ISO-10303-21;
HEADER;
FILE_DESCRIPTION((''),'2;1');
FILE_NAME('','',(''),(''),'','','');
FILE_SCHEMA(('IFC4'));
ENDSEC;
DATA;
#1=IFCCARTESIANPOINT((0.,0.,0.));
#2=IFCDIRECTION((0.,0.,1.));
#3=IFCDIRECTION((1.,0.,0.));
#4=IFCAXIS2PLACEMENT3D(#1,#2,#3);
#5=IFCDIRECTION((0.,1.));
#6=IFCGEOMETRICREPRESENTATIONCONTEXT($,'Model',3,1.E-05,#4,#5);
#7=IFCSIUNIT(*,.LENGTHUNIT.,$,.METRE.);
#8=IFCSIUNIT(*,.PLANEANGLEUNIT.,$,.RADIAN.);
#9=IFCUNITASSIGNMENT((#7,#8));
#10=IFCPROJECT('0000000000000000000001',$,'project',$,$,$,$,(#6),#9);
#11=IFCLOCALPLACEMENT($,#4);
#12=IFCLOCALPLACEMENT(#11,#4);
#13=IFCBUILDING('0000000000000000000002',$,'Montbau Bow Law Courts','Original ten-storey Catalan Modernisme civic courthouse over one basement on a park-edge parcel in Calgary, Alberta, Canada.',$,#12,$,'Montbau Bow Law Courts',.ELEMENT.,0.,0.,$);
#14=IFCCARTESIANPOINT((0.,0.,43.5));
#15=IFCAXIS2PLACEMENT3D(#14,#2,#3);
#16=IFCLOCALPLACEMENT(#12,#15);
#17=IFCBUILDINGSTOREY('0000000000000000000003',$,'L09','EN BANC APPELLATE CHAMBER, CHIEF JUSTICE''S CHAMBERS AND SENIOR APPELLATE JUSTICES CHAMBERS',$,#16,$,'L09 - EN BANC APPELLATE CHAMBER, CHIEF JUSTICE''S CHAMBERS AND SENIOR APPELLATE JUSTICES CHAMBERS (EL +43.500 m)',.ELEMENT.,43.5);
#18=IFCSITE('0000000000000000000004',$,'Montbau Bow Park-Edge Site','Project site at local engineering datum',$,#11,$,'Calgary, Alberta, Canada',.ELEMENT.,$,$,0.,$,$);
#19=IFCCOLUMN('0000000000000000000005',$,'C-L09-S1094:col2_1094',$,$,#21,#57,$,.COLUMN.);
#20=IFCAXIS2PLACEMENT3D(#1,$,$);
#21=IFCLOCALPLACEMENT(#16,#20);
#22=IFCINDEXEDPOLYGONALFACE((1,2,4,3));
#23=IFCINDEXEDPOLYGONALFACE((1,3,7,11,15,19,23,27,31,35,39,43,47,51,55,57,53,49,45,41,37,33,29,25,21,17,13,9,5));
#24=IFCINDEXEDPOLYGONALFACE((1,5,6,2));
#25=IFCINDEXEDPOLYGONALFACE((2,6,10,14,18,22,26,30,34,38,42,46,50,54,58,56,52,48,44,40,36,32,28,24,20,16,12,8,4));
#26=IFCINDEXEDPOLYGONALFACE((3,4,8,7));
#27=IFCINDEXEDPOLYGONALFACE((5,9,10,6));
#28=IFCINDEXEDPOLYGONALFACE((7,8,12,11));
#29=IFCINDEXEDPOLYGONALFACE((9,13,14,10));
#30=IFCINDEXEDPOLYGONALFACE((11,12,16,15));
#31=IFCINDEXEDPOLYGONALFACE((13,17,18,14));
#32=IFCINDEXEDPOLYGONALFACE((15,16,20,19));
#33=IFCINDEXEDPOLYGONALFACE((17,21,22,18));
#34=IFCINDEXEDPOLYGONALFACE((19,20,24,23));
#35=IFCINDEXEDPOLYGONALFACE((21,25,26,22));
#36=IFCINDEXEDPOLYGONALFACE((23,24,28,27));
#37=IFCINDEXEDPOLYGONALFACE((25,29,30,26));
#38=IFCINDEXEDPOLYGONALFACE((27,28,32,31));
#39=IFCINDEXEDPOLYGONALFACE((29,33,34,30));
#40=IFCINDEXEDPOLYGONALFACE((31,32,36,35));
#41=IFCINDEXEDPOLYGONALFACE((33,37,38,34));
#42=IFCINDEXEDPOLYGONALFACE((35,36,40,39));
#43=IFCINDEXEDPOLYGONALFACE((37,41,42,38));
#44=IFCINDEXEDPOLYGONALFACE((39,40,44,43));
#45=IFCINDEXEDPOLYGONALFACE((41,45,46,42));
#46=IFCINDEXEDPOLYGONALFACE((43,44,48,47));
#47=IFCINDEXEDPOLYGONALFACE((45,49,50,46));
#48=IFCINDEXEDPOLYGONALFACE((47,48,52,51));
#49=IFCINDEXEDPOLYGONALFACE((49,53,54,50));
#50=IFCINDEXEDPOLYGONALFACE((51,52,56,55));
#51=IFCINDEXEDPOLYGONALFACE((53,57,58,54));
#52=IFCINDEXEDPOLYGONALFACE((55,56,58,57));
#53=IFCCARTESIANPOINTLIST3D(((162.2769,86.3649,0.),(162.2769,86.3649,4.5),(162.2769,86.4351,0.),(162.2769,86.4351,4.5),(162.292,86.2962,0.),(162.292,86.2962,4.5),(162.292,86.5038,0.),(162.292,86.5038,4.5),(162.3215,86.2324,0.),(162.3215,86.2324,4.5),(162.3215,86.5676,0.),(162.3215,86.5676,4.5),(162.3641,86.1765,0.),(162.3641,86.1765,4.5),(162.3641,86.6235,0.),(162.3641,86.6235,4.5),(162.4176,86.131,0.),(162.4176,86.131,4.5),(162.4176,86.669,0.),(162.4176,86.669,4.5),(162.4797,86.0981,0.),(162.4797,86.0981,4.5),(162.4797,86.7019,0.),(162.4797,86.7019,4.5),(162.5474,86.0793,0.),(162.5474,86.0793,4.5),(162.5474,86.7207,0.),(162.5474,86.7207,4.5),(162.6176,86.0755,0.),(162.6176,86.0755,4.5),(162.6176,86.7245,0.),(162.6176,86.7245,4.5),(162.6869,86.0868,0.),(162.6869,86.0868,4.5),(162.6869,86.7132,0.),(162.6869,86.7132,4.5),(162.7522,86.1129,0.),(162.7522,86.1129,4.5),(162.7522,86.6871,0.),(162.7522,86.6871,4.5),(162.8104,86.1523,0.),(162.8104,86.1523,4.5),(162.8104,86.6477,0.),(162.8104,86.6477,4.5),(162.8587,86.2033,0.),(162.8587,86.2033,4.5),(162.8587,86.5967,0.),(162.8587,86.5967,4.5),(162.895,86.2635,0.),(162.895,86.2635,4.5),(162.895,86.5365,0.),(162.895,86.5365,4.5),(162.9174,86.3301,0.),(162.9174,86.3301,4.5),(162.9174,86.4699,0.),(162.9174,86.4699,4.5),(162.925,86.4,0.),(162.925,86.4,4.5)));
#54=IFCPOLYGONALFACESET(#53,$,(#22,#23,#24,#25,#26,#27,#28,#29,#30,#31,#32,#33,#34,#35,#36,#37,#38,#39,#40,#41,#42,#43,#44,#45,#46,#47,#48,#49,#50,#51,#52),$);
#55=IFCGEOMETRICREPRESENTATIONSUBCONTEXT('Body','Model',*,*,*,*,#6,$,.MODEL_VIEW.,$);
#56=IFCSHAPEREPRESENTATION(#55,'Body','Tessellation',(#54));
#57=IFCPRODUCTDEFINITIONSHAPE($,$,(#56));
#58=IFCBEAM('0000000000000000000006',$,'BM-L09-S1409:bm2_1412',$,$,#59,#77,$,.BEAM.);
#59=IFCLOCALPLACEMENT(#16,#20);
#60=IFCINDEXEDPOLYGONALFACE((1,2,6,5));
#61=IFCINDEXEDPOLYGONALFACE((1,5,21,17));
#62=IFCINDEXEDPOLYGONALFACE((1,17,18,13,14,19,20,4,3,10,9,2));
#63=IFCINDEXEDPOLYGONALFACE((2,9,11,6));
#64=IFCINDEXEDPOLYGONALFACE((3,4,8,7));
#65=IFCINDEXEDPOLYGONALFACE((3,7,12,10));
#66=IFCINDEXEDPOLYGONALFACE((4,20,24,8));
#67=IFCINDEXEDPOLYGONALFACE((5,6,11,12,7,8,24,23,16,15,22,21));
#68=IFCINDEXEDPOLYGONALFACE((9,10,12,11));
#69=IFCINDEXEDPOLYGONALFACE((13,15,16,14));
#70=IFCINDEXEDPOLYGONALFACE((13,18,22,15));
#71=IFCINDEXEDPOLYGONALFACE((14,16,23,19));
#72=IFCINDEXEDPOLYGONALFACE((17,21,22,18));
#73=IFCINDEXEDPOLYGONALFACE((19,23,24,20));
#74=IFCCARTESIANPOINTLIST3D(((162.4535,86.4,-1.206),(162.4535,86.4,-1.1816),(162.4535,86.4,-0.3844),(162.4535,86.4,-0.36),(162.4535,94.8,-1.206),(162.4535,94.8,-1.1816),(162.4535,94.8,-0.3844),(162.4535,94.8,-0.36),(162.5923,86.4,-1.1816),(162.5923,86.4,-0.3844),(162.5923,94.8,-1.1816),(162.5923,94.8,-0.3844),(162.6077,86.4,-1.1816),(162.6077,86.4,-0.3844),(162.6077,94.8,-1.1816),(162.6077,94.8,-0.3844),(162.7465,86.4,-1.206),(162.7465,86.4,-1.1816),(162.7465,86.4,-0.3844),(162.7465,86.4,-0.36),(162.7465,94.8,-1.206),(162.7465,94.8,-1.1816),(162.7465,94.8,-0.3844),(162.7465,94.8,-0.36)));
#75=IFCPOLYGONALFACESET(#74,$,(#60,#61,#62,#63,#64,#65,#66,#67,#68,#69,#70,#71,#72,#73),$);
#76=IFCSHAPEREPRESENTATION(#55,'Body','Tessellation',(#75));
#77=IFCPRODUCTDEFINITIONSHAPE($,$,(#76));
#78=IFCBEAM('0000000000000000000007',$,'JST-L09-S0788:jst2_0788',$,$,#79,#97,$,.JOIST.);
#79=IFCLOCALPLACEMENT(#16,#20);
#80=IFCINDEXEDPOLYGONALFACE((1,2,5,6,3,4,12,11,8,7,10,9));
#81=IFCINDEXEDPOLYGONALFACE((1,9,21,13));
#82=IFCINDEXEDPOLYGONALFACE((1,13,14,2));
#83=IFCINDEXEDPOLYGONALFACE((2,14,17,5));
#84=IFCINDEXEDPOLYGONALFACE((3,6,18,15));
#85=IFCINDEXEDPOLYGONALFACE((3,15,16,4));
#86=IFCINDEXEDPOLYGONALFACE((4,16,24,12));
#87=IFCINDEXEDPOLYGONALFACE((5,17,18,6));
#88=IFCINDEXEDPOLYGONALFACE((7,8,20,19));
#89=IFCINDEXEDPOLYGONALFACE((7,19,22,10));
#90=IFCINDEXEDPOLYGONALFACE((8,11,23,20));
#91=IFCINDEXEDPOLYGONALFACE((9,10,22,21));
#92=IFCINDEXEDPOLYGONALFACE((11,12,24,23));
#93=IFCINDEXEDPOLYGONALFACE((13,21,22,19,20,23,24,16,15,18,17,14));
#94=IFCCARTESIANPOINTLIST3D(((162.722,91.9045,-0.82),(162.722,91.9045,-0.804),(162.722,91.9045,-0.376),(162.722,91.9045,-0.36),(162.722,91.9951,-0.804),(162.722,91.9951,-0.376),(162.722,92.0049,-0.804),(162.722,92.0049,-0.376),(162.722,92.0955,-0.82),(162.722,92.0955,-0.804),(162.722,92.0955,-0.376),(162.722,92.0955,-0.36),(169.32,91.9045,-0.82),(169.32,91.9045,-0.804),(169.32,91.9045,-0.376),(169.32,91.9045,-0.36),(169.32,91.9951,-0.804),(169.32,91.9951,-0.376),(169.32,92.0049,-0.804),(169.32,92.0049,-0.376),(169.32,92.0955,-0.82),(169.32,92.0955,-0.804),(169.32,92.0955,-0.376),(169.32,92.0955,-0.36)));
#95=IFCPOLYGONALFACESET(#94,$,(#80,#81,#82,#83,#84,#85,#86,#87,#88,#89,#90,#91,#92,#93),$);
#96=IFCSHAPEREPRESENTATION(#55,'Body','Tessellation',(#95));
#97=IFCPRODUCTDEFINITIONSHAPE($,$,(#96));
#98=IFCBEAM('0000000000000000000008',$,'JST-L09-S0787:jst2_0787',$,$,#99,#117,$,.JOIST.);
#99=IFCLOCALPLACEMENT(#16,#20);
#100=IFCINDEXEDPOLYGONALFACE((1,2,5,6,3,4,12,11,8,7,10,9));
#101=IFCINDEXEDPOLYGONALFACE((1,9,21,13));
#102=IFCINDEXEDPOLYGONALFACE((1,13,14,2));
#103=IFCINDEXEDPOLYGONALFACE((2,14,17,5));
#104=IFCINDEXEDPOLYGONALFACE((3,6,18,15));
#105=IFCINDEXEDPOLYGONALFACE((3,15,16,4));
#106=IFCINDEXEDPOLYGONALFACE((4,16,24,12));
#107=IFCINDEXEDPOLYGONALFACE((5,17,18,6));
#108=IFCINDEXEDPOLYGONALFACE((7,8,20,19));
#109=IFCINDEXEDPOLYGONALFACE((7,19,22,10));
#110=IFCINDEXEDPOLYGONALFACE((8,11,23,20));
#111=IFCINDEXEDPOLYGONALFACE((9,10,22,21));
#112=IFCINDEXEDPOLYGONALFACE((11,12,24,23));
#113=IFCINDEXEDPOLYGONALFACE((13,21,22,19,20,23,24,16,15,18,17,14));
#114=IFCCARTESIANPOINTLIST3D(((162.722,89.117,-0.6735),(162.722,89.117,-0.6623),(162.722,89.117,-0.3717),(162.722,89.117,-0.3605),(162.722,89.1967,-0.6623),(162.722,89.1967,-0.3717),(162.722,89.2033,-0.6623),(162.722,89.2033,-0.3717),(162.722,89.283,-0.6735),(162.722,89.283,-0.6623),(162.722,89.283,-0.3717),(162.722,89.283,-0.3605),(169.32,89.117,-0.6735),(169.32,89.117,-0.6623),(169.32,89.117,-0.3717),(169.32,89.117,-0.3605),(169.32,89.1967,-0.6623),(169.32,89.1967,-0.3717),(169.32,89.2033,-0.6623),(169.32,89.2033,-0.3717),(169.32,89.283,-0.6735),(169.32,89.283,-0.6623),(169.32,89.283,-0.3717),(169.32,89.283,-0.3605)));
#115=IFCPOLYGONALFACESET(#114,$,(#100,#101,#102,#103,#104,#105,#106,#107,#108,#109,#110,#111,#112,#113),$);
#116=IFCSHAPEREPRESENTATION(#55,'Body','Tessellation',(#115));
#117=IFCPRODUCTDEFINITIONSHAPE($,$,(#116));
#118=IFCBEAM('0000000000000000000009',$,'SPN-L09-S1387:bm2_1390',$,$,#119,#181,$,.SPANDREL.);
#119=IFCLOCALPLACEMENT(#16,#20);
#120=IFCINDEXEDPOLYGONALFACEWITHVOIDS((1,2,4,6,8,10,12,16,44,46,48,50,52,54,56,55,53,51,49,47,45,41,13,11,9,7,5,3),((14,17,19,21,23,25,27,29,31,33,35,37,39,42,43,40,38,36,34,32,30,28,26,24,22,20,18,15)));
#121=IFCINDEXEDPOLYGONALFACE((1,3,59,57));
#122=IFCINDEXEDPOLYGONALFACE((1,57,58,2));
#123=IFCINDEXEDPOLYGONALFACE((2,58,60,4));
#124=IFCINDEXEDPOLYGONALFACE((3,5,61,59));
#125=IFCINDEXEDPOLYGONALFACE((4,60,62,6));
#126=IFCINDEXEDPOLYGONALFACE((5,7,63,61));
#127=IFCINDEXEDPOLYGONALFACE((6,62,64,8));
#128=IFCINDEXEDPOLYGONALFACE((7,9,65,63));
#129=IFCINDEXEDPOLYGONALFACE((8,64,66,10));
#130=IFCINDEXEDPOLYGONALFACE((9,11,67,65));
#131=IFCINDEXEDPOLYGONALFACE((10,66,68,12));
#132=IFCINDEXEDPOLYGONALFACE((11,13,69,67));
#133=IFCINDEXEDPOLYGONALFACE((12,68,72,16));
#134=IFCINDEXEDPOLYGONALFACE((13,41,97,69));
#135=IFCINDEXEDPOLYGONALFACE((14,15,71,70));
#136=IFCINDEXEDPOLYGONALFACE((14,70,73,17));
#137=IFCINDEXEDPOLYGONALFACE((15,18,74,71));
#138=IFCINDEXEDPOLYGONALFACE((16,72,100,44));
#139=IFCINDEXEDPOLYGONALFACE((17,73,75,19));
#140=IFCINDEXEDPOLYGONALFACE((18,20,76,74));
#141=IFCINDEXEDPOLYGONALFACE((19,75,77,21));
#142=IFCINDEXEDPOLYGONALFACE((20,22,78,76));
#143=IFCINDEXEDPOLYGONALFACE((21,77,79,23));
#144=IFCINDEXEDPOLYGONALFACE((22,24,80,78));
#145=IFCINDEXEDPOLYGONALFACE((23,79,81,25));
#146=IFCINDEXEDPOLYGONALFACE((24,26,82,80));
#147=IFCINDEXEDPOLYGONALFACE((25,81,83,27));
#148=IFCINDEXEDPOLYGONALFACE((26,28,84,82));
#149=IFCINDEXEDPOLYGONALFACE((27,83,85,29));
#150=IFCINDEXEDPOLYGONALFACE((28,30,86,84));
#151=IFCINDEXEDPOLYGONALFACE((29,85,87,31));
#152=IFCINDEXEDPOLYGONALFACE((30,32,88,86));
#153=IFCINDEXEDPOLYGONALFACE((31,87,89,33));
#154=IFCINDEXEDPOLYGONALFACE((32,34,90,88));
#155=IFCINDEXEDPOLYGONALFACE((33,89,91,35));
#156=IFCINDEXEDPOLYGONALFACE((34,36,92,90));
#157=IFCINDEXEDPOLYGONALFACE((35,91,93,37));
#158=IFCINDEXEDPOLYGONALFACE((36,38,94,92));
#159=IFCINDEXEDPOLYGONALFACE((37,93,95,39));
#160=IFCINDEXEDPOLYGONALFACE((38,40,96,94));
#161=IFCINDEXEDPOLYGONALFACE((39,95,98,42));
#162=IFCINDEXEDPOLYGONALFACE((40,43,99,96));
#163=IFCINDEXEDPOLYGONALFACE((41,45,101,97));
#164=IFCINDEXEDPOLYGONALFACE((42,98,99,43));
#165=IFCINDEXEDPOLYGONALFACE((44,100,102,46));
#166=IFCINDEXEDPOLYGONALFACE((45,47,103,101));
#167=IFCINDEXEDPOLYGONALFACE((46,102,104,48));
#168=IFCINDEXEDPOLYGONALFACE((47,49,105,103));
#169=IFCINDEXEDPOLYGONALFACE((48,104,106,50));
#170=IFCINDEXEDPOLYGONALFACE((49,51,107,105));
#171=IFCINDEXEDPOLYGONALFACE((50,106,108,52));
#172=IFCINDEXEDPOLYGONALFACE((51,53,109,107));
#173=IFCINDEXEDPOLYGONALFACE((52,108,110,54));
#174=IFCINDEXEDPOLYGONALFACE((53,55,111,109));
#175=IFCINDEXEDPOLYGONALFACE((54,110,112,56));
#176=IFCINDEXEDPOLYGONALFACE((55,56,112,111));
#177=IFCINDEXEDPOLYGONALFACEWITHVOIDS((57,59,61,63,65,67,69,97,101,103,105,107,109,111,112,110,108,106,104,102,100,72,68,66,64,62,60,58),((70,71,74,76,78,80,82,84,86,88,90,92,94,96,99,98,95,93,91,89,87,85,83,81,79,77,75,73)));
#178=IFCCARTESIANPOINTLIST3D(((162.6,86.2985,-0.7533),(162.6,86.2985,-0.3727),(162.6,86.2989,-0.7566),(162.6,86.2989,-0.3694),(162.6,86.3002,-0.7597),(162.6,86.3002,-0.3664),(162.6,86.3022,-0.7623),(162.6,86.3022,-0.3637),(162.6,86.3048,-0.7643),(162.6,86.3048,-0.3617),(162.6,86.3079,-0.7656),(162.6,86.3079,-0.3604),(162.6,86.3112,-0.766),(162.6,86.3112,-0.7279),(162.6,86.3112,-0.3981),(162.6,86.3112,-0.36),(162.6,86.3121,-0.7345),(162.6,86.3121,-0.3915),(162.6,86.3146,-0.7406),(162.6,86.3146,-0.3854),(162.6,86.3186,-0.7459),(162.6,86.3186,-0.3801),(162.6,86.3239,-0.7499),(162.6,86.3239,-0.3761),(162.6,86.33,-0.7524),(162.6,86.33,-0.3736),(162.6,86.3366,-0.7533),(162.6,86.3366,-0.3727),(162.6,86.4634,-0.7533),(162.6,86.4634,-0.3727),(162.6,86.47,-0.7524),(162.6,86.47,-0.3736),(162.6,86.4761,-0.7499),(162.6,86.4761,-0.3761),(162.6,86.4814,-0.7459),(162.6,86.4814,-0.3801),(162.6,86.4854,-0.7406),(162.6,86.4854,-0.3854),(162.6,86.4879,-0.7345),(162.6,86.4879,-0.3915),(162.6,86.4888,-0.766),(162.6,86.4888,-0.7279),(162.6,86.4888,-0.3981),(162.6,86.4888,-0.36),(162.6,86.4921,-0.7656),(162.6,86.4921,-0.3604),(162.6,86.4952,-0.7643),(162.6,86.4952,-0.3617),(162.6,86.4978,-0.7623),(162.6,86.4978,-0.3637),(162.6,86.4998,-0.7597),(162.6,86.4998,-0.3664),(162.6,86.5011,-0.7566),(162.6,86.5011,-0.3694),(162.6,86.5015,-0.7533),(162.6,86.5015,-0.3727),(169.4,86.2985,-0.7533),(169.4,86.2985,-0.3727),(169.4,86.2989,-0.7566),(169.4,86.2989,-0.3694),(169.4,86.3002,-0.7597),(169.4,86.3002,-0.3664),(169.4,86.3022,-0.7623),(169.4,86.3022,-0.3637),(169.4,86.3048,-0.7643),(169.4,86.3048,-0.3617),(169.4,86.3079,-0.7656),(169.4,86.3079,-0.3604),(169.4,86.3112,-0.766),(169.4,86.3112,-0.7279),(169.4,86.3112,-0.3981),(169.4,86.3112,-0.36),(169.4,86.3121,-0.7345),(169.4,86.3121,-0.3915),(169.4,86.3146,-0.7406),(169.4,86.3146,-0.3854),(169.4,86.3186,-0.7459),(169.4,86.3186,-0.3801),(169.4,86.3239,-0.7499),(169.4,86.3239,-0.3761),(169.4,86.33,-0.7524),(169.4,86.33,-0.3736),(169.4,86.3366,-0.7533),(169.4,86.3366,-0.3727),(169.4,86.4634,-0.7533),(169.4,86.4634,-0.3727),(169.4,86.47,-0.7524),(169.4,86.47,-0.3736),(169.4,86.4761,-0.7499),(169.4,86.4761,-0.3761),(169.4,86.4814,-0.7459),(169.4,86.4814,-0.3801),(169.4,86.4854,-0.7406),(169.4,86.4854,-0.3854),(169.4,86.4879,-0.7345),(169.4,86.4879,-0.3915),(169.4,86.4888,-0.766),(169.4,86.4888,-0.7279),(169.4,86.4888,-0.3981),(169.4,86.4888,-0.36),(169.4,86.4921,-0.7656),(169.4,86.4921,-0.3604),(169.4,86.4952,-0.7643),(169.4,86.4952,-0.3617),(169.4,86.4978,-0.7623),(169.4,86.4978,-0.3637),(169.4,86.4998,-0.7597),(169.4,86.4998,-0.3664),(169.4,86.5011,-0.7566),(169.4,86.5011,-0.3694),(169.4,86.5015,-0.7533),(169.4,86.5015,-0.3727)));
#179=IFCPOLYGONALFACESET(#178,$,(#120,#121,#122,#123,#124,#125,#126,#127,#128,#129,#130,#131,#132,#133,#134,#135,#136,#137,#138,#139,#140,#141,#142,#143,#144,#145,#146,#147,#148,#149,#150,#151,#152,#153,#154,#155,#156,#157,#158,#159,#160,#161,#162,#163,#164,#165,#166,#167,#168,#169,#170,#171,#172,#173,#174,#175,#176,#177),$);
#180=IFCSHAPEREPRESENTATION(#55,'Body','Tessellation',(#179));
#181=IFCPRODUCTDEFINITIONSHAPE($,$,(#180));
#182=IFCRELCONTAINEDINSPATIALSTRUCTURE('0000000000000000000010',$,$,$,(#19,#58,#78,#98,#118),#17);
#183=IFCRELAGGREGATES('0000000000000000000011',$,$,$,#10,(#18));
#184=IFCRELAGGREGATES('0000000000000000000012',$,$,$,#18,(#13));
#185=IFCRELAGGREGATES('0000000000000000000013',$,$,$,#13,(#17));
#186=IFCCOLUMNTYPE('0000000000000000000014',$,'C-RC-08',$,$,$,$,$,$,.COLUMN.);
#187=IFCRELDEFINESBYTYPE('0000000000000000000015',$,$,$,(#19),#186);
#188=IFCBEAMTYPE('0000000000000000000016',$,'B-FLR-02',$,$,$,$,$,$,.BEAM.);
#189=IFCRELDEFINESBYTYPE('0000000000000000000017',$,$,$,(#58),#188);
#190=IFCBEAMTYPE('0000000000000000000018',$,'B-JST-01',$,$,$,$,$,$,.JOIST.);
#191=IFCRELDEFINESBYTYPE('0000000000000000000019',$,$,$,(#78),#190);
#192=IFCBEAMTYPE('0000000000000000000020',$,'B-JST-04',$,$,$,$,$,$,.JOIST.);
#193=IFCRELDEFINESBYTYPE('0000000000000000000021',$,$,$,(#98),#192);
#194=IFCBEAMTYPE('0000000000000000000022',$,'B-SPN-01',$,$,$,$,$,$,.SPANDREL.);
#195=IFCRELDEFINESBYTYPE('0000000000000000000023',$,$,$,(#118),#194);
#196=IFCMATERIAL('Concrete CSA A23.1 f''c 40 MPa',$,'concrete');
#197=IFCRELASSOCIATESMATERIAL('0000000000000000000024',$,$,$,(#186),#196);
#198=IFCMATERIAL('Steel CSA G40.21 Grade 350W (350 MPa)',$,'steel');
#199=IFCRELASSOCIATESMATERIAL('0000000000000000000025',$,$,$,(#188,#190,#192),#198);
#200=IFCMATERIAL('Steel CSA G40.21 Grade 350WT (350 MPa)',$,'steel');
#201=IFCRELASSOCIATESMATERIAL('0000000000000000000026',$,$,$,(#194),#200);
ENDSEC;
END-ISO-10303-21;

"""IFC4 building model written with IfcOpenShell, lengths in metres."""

from ifc_helpers import new_model, si_unit, direction, frame, origin_with_axes, origin_2d_with_axis, place, context, subcontext, project, spatial, hollow_rectangle, circle, i_section, extrude, material, material_profile, profile_set, type_object, element, save


model = new_model("IFC4")

# Units and contexts
model_context = context("Model", 3, precision=1e-05, world=origin_with_axes(), true_north=direction((0.0, 1.0)))
body_context = subcontext(model_context, "Body", "Model", "MODEL_VIEW")
ifc_project = project(units=[si_unit("LENGTHUNIT", "METRE"), si_unit("PLANEANGLEUNIT", "RADIAN")], contexts=[model_context])

# Site, building, storey
site_placement = place(None, origin_with_axes())
site = spatial("IfcSite", under=ifc_project, at=site_placement, Name="Montbau Bow Park-Edge Site", Description="Project site at local engineering datum", LongName="Calgary, Alberta, Canada", CompositionType="ELEMENT", RefElevation=0.0)
building_placement = place(site_placement, origin_with_axes())
building = spatial("IfcBuilding", under=site, at=building_placement, Name="Montbau Bow Law Courts", Description="Original ten-storey Catalan Modernisme civic courthouse over one basement on a park-edge parcel in Calgary, Alberta, Canada.", LongName="Montbau Bow Law Courts", CompositionType="ELEMENT", ElevationOfRefHeight=0.0, ElevationOfTerrain=0.0)
storey_placement = place(building_placement, frame((0.0, 0.0, 43.5), z_axis=(0.0, 0.0, 1.0), x_axis=(1.0, 0.0, 0.0)))
storey = spatial("IfcBuildingStorey", under=building, at=storey_placement, Name="L09", Description="EN BANC APPELLATE CHAMBER, CHIEF JUSTICE'S CHAMBERS AND SENIOR APPELLATE JUSTICES CHAMBERS", LongName="L09 - EN BANC APPELLATE CHAMBER, CHIEF JUSTICE'S CHAMBERS AND SENIOR APPELLATE JUSTICES CHAMBERS (EL +43.500 m)", CompositionType="ELEMENT", Elevation=43.5)

# Column
ifc_material_1 = material(Name="Concrete CSA A23.1 f'c 40 MPa", Category="concrete")
ifc_material_profile_1 = material_profile(ifc_material_1, circle(Radius=0.325, at=origin_2d_with_axis()), Name="RC650D", Category="Main", Priority=0)
ifc_profile_set_1 = profile_set([ifc_material_profile_1], Name="Concrete CSA A23.1 f'c 40 MPa")
column_type = type_object("IfcColumnType", Name="C-RC-08", PredefinedType="COLUMN", material=ifc_profile_set_1)
column_placement = place(None, frame((162.6, 86.4, 43.5), z_axis=(0.0, 0.0, 1.0), x_axis=(1.0, 0.0, 0.0)))
element("IfcColumn", 1, at=column_placement, inside=storey, type_object=column_type, Name="C-L09-S1094:col2_1094", PredefinedType="COLUMN", context=body_context, shape_type="SweptSolid", body=[
    extrude(circle(Radius=0.325, at=origin_2d_with_axis()), origin_with_axes(), (0.0, 0.0, 1.0), 4.5),
])

# Beams
ifc_material_2 = material(Name="Steel CSA G40.21 Grade 350W (350 MPa)", Category="steel")
ifc_material_profile_2 = material_profile(ifc_material_2, i_section(OverallWidth=0.293, OverallDepth=0.846, WebThickness=0.0154, FlangeThickness=0.0244, at=origin_2d_with_axis()), Name="W840X210", Category="Main", Priority=0)
ifc_profile_set_2 = profile_set([ifc_material_profile_2], Name="Steel CSA G40.21 Grade 350W (350 MPa)")
beam_type_1 = type_object("IfcBeamType", Name="B-FLR-02", PredefinedType="BEAM", material=ifc_profile_set_2)
beam_1_placement = place(None, frame((162.6, 86.4, 42.717), z_axis=(0.0, 1.0, 0.0), x_axis=(-1.0, 0.0, 0.0)))
element("IfcBeam", 2, at=beam_1_placement, inside=storey, type_object=beam_type_1, Name="BM-L09-S1409:bm2_1412", PredefinedType="BEAM", context=body_context, shape_type="SweptSolid", body=[
    extrude(i_section(OverallWidth=0.293, OverallDepth=0.846, WebThickness=0.0154, FlangeThickness=0.0244, at=origin_2d_with_axis()), origin_with_axes(), (0.0, 0.0, 1.0), 8.4),
])
ifc_material_profile_3 = material_profile(ifc_material_2, i_section(OverallWidth=0.191, OverallDepth=0.46, WebThickness=0.0099, FlangeThickness=0.016, at=origin_2d_with_axis()), Name="W460X82", Category="Main", Priority=0)
ifc_profile_set_3 = profile_set([ifc_material_profile_3], Name="Steel CSA G40.21 Grade 350W (350 MPa)")
beam_type_2 = type_object("IfcBeamType", Name="B-JST-01", PredefinedType="JOIST", material=ifc_profile_set_3)
beam_2_placement = place(None, frame((162.722, 92.0, 42.91), z_axis=(1.0, 0.0, 0.0), x_axis=(0.0, 1.0, 0.0)))
element("IfcBeam", 3, at=beam_2_placement, inside=storey, type_object=beam_type_2, Name="JST-L09-S0788:jst2_0788", PredefinedType="JOIST", context=body_context, shape_type="SweptSolid", body=[
    extrude(i_section(OverallWidth=0.191, OverallDepth=0.46, WebThickness=0.0099, FlangeThickness=0.016, at=origin_2d_with_axis()), origin_with_axes(), (0.0, 0.0, 1.0), 6.598),
])
ifc_material_profile_4 = material_profile(ifc_material_2, i_section(OverallWidth=0.166, OverallDepth=0.313, WebThickness=0.0066, FlangeThickness=0.0112, at=origin_2d_with_axis()), Name="W310X45", Category="Main", Priority=0)
ifc_profile_set_4 = profile_set([ifc_material_profile_4], Name="Steel CSA G40.21 Grade 350W (350 MPa)")
beam_type_3 = type_object("IfcBeamType", Name="B-JST-04", PredefinedType="JOIST", material=ifc_profile_set_4)
beam_3_placement = place(None, frame((162.722, 89.2, 42.983), z_axis=(1.0, 0.0, 0.0), x_axis=(0.0, 1.0, 0.0)))
element("IfcBeam", 4, at=beam_3_placement, inside=storey, type_object=beam_type_3, Name="JST-L09-S0787:jst2_0787", PredefinedType="JOIST", context=body_context, shape_type="SweptSolid", body=[
    extrude(i_section(OverallWidth=0.166, OverallDepth=0.313, WebThickness=0.0066, FlangeThickness=0.0112, at=origin_2d_with_axis()), origin_with_axes(), (0.0, 0.0, 1.0), 6.598),
])
ifc_material_3 = material(Name="Steel CSA G40.21 Grade 350WT (350 MPa)", Category="steel")
ifc_material_profile_5 = material_profile(ifc_material_3, hollow_rectangle(XDim=0.203, YDim=0.406, WallThickness=0.0127, InnerFilletRadius=0.0254, OuterFilletRadius=0.0127, at=origin_2d_with_axis()), Name="HSS406X203X13", Category="Main", Priority=0)
ifc_profile_set_5 = profile_set([ifc_material_profile_5], Name="Steel CSA G40.21 Grade 350WT (350 MPa)")
beam_type_4 = type_object("IfcBeamType", Name="B-SPN-01", PredefinedType="SPANDREL", material=ifc_profile_set_5)
beam_4_placement = place(None, frame((162.6, 86.4, 42.937), z_axis=(1.0, 0.0, 0.0), x_axis=(0.0, 1.0, 0.0)))
element("IfcBeam", 5, at=beam_4_placement, inside=storey, type_object=beam_type_4, Name="SPN-L09-S1387:bm2_1390", PredefinedType="SPANDREL", context=body_context, shape_type="SweptSolid", body=[
    extrude(hollow_rectangle(XDim=0.203, YDim=0.406, WallThickness=0.0127, InnerFilletRadius=0.0254, OuterFilletRadius=0.0127, at=origin_2d_with_axis()), origin_with_axes(), (0.0, 0.0, 1.0), 6.8),
])

save(model, "model.ifc")
